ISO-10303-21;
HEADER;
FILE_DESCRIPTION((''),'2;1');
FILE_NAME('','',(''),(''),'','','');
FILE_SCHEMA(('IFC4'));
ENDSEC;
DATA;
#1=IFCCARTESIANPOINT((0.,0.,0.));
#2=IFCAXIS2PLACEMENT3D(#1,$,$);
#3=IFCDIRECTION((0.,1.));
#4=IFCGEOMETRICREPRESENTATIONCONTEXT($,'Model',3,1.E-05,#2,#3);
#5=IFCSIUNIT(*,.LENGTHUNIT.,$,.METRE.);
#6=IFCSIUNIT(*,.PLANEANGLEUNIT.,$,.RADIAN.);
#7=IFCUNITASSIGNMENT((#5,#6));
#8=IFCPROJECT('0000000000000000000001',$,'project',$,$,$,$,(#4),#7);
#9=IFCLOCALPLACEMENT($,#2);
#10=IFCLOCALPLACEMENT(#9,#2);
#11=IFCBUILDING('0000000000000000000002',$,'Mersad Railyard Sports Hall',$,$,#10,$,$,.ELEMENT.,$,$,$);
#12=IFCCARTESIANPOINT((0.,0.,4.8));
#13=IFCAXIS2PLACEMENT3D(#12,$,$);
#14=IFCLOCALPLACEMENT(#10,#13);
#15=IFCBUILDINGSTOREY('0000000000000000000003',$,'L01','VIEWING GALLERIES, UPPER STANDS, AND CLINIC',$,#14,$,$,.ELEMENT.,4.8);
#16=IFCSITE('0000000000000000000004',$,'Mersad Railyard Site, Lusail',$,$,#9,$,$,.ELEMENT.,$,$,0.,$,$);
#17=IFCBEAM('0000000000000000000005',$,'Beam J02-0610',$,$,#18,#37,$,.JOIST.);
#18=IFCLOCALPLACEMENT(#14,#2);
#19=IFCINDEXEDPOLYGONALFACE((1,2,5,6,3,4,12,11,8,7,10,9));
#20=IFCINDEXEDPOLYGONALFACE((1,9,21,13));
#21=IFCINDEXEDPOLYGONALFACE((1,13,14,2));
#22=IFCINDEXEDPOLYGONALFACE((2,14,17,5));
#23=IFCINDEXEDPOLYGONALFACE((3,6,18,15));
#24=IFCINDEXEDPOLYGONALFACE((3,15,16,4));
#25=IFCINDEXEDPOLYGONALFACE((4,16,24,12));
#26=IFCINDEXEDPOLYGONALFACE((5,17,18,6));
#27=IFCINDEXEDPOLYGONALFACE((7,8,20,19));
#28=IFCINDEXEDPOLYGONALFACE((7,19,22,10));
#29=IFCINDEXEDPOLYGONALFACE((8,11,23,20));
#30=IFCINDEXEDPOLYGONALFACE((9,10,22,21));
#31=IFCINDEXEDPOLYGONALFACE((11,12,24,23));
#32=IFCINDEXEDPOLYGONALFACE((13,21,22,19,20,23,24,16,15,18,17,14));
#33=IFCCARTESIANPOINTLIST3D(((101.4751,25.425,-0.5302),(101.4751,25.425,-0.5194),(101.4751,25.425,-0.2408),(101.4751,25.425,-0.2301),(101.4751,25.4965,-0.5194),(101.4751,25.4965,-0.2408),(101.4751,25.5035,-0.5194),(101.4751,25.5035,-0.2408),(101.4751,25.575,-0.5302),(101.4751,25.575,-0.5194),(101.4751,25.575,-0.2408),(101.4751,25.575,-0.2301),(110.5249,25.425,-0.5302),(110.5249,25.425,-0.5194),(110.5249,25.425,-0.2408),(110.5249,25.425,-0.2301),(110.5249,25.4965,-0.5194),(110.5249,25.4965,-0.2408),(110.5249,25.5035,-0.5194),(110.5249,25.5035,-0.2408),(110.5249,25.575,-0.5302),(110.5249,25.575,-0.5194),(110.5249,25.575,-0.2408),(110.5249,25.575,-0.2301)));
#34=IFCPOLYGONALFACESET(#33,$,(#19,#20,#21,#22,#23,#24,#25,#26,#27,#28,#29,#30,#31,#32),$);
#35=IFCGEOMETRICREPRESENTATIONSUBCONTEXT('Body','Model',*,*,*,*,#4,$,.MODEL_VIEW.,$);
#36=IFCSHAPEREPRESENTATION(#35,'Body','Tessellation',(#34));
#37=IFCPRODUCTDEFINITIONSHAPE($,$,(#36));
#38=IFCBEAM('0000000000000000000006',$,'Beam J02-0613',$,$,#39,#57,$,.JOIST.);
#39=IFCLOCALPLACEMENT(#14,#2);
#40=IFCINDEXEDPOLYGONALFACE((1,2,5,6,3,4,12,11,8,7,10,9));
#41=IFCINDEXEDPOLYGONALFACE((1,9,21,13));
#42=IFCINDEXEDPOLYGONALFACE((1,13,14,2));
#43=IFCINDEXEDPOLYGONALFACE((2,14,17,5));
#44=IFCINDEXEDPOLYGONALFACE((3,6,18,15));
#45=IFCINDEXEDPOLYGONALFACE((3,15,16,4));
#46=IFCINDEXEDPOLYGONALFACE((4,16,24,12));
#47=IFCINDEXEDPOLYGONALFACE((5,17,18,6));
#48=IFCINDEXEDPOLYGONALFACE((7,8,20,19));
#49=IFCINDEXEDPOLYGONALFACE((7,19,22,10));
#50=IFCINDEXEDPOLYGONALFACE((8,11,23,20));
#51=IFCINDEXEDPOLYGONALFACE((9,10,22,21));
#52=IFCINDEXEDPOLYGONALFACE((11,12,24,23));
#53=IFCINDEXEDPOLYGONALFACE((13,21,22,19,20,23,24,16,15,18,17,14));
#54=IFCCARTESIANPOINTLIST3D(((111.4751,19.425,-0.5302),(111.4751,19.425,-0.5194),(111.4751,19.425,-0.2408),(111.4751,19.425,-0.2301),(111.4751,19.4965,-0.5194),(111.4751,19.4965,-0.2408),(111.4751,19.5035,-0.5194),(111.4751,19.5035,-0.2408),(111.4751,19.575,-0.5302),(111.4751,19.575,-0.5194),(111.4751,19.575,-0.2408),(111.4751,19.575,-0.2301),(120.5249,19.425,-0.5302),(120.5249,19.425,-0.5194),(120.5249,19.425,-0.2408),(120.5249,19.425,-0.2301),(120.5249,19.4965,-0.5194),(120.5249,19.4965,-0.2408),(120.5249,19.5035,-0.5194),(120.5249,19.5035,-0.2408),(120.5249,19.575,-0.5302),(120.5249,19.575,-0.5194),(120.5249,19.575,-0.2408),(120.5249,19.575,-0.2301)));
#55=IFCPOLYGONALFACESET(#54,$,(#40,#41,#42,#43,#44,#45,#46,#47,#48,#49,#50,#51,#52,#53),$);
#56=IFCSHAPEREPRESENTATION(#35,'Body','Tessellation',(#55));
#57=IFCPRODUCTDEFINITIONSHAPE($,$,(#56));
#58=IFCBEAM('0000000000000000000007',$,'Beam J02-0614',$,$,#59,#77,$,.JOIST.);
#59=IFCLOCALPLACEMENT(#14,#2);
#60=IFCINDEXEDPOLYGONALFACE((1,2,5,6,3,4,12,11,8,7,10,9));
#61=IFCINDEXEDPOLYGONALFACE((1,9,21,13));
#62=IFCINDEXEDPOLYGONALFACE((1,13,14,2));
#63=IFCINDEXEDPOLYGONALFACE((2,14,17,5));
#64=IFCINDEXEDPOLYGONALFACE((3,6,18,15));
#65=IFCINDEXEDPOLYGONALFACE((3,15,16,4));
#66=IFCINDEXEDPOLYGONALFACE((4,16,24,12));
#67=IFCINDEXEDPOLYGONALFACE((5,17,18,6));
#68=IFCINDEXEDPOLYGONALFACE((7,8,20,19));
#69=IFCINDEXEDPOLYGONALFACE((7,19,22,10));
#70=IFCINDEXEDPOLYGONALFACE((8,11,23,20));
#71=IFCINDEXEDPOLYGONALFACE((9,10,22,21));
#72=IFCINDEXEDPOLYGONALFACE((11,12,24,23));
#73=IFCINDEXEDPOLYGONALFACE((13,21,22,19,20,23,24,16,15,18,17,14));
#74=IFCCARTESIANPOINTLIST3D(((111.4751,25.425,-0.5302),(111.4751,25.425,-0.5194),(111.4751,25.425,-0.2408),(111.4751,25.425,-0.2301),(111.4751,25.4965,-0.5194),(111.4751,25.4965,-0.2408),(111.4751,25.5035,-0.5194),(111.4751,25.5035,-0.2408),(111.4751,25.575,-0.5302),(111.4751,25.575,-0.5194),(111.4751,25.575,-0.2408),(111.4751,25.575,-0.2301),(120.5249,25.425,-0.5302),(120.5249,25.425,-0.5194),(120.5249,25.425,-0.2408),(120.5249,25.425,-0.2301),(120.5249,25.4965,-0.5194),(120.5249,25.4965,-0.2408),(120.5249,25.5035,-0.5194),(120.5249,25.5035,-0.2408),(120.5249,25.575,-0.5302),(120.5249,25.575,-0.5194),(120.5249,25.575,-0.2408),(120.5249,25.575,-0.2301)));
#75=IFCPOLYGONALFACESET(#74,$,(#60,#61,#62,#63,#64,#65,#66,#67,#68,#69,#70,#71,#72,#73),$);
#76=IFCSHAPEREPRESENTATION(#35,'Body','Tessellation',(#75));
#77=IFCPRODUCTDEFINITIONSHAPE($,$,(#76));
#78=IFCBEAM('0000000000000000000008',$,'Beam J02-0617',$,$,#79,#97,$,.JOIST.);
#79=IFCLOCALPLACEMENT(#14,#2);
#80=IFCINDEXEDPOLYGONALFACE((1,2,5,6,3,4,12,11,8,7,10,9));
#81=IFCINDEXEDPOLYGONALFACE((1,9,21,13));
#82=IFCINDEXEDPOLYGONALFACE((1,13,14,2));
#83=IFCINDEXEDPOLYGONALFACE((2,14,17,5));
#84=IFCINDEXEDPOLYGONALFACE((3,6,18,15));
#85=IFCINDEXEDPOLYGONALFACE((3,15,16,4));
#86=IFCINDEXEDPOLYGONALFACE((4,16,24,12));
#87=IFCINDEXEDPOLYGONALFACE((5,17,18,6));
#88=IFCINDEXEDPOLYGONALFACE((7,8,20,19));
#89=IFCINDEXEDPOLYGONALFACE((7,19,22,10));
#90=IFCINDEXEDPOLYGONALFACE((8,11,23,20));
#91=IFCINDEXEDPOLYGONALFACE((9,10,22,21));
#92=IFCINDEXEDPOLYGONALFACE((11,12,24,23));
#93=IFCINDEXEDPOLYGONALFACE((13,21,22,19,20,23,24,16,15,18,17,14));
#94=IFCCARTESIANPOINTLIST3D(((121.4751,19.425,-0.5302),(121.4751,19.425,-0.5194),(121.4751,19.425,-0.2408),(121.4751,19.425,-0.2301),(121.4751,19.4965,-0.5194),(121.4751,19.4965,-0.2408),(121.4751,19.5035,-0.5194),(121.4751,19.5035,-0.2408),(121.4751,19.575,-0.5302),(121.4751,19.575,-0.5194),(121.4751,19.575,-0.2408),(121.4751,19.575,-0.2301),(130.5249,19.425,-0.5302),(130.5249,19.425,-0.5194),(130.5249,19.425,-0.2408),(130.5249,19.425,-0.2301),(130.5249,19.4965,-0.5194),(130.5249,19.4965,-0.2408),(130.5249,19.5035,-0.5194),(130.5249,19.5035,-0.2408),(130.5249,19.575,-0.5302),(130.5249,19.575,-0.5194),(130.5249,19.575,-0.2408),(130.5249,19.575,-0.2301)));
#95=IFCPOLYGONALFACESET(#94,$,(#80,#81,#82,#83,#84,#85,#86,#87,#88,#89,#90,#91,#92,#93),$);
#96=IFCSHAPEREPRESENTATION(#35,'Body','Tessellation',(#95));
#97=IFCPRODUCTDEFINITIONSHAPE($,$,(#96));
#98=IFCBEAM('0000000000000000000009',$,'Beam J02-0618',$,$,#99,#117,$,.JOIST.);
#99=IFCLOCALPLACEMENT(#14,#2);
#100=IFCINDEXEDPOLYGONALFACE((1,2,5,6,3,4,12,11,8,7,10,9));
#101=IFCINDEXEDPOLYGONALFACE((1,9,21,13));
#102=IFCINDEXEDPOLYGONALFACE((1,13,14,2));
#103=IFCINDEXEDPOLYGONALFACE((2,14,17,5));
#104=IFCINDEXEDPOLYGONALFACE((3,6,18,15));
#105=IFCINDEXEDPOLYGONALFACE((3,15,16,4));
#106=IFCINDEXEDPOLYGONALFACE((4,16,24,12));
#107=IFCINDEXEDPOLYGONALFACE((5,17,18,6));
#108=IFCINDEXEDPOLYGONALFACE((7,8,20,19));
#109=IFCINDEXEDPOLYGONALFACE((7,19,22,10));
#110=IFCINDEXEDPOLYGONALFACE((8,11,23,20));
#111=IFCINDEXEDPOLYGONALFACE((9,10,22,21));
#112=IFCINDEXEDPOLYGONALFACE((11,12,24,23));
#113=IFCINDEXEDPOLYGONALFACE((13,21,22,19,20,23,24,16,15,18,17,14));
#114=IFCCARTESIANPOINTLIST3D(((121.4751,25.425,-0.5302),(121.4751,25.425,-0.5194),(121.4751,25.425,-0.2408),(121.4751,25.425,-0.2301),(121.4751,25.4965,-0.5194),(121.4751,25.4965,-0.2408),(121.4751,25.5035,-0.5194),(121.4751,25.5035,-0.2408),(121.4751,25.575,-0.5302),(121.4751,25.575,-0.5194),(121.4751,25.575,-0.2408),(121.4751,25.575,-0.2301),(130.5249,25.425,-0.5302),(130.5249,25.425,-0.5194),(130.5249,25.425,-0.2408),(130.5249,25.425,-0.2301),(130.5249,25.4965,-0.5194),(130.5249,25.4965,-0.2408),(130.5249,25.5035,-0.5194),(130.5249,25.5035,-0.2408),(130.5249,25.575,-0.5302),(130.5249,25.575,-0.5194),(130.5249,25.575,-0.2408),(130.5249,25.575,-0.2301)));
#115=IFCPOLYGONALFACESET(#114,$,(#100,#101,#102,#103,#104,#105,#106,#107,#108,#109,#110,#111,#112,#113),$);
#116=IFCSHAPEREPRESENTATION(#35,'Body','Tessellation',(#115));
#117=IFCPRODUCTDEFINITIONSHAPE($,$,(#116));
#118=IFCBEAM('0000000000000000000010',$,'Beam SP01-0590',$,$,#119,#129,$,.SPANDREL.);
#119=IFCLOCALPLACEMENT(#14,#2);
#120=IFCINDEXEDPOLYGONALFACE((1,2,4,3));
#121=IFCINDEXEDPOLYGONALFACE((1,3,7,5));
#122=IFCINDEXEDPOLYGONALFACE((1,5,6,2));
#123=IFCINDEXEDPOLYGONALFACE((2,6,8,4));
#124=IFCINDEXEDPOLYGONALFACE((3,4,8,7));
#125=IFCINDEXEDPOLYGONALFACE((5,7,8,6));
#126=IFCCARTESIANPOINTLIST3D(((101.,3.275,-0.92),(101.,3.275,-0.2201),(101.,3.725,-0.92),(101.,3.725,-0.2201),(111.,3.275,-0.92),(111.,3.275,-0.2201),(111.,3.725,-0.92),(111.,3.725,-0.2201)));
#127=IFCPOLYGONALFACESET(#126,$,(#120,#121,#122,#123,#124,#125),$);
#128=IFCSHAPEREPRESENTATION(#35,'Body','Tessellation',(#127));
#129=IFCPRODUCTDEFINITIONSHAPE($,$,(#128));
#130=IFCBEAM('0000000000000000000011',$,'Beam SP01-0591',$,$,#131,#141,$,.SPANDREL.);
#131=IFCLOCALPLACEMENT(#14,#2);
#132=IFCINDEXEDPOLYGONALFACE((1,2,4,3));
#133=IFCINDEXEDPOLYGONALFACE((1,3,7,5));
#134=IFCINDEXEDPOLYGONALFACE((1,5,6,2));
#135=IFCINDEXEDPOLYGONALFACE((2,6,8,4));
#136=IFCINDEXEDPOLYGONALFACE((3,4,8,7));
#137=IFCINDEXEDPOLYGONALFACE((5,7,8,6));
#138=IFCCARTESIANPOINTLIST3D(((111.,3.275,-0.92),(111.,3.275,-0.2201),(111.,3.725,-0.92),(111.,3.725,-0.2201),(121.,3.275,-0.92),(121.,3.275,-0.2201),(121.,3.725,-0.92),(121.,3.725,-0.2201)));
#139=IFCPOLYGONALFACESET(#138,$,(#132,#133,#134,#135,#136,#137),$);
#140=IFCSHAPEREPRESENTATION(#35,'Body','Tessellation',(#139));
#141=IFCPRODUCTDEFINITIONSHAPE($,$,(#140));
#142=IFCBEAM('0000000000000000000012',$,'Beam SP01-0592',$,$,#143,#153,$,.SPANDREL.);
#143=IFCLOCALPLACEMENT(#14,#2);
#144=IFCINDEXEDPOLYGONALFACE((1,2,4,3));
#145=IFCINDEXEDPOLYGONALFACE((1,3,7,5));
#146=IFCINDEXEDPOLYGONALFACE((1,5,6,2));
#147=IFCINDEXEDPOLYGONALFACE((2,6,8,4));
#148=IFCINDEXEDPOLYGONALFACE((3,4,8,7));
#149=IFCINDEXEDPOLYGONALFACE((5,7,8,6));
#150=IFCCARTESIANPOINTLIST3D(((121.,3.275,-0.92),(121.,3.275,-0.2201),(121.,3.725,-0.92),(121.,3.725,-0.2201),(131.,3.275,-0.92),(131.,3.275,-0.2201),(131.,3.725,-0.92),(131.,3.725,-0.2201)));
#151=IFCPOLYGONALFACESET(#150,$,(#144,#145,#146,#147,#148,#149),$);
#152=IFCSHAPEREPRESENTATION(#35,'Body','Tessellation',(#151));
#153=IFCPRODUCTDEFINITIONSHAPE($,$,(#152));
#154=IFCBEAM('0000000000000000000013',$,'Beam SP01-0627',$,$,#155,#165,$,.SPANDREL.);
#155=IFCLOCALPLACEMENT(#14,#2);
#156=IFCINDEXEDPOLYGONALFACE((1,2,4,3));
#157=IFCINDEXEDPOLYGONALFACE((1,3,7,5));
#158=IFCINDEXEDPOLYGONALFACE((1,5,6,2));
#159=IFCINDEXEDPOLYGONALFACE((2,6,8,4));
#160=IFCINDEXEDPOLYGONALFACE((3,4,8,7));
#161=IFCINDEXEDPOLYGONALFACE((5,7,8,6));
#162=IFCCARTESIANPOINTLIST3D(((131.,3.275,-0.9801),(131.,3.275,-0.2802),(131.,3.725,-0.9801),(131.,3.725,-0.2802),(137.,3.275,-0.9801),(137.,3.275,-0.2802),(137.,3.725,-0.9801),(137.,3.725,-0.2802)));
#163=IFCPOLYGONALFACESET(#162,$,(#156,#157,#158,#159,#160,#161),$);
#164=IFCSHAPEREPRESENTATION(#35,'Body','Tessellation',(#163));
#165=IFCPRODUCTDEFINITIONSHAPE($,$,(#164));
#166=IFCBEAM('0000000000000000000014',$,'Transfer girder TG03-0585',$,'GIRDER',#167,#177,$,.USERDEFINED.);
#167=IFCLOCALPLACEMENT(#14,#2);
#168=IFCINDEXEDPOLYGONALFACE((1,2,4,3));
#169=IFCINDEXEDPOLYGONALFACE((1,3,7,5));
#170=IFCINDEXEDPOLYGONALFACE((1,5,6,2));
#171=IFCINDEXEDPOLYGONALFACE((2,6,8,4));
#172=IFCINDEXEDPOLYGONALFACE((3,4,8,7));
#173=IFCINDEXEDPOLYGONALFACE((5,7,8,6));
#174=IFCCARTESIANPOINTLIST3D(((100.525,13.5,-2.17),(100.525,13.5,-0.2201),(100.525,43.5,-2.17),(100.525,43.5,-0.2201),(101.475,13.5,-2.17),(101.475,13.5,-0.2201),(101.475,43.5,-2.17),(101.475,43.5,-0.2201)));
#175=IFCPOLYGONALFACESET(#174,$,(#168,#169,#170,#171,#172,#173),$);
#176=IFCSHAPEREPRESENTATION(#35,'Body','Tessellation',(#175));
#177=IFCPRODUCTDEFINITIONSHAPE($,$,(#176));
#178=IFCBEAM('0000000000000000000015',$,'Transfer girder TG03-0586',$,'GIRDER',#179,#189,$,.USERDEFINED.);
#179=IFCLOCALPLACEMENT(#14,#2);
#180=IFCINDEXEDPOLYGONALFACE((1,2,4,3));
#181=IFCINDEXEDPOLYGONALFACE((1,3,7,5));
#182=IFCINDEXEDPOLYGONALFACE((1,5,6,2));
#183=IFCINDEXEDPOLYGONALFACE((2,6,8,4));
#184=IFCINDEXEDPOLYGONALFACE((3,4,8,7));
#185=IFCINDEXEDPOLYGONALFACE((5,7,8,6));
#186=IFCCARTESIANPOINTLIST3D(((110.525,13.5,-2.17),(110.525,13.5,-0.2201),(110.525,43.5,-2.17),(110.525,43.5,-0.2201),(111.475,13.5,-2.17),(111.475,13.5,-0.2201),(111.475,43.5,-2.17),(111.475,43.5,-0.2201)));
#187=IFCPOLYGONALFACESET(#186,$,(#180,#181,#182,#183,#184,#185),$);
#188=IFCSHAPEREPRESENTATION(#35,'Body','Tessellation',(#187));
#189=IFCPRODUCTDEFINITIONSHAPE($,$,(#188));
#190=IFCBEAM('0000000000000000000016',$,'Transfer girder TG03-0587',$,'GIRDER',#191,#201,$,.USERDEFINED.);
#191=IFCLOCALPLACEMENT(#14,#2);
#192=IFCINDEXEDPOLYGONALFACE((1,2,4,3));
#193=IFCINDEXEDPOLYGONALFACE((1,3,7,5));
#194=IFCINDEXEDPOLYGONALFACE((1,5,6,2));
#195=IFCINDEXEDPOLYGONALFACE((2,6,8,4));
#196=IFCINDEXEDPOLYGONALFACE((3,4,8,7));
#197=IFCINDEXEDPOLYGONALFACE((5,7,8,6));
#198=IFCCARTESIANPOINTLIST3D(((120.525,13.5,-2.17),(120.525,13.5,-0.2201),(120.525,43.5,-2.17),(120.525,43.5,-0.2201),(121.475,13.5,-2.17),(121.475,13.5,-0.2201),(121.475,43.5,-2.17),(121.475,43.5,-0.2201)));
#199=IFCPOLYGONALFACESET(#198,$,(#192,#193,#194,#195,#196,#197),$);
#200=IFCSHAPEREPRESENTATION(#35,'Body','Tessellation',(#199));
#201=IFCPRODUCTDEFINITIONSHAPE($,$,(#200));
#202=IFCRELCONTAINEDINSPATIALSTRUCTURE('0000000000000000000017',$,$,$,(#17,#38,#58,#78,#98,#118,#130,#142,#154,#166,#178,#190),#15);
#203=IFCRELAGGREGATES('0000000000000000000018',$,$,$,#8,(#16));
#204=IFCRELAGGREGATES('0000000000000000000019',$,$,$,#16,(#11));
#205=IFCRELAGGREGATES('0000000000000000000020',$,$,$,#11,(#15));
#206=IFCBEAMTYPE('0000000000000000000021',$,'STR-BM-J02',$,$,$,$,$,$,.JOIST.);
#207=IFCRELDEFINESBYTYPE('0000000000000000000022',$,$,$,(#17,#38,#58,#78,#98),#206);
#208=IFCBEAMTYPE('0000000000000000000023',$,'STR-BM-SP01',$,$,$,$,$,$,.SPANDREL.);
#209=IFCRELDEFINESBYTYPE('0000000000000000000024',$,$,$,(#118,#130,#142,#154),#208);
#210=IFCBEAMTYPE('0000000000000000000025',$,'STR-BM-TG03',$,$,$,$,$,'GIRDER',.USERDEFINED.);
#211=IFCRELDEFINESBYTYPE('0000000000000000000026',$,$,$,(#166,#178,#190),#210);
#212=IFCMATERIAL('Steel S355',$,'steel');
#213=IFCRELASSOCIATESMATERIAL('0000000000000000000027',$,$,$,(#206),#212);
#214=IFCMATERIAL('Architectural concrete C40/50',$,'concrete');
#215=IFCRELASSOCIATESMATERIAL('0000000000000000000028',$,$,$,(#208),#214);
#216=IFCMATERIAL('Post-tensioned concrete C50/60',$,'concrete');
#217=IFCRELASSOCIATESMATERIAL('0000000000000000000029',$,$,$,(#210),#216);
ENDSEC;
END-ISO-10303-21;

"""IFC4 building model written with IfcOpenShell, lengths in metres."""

from ifc_helpers import new_model, si_unit, direction, frame, origin, origin_2d, place, context, subcontext, project, spatial, rectangle, i_section, extrude, material, material_profile, profile_set, type_object, element, save


model = new_model("IFC4")

# Units and contexts
model_context = context("Model", 3, precision=1e-05, world=origin(), true_north=direction((0.0, 1.0)))
body_context = subcontext(model_context, "Body", "Model", "MODEL_VIEW")
ifc_project = project(units=[si_unit("LENGTHUNIT", "METRE"), si_unit("PLANEANGLEUNIT", "RADIAN")], contexts=[model_context])

# Site, building, storey
site_placement = place(None, origin())
site = spatial("IfcSite", under=ifc_project, at=site_placement, Name="Mersad Railyard Site, Lusail", CompositionType="ELEMENT", RefElevation=0.0)
building_placement = place(site_placement, origin())
building = spatial("IfcBuilding", under=site, at=building_placement, Name="Mersad Railyard Sports Hall", CompositionType="ELEMENT")
storey_placement = place(building_placement, frame((0.0, 0.0, 4.8)))
storey = spatial("IfcBuildingStorey", under=building, at=storey_placement, Name="L01", Description="VIEWING GALLERIES, UPPER STANDS, AND CLINIC", CompositionType="ELEMENT", Elevation=4.8)

# Beams
ifc_material_1 = material(Name="Steel S355", Category="steel")
ifc_material_profile_1 = material_profile(ifc_material_1, i_section(OverallWidth=0.1499, OverallDepth=0.3, WebThickness=0.0071, FlangeThickness=0.0107, at=origin_2d()), Name="IPE 300")
ifc_profile_set_1 = profile_set([ifc_material_profile_1], Name="Steel S355")
beam_type_1 = type_object("IfcBeamType", Name="STR-BM-J02", PredefinedType="JOIST", material=ifc_profile_set_1)
for number, where, z_axis, x_axis, name in (
    (1, (101.4751, 25.5, -0.3801), (1.0, 0.0, 0.0), (0.0, 1.0, 0.0), "Beam J02-0610"),
    (2, (111.4751, 19.5, -0.3801), (1.0, 0.0, 0.0), (0.0, 1.0, 0.0), "Beam J02-0613"),
    (3, (111.4751, 25.5, -0.3801), (1.0, 0.0, 0.0), (0.0, 1.0, 0.0), "Beam J02-0614"),
    (4, (121.4751, 19.5, -0.3801), (1.0, 0.0, 0.0), (0.0, 1.0, 0.0), "Beam J02-0617"),
    (5, (121.4751, 25.5, -0.3801), (1.0, 0.0, 0.0), (0.0, 1.0, 0.0), "Beam J02-0618"),
):
    element("IfcBeam", number, at=place(storey_placement, frame(where, z_axis=z_axis, x_axis=x_axis)), inside=storey, type_object=beam_type_1, Name=name, PredefinedType="JOIST", context=body_context, shape_type="SweptSolid", body=[
        extrude(i_section(OverallWidth=0.1499, OverallDepth=0.3, WebThickness=0.0071, FlangeThickness=0.0107, at=origin_2d()), origin(), (0.0, 0.0, 1.0), 9.0498),
    ])
ifc_material_2 = material(Name="Architectural concrete C40/50", Category="concrete")
ifc_material_profile_2 = material_profile(ifc_material_2, rectangle(XDim=0.45, YDim=0.7, at=origin_2d()), Name="RC 450x700")
ifc_profile_set_2 = profile_set([ifc_material_profile_2], Name="Architectural concrete C40/50")
beam_type_2 = type_object("IfcBeamType", Name="STR-BM-SP01", PredefinedType="SPANDREL", material=ifc_profile_set_2)
for number, where, z_axis, x_axis, name in (
    (6, (101.0, 3.5, -0.5701), (1.0, 0.0, 0.0), (0.0, 1.0, 0.0), "Beam SP01-0590"),
    (7, (111.0, 3.5, -0.5701), (1.0, 0.0, 0.0), (0.0, 1.0, 0.0), "Beam SP01-0591"),
    (8, (121.0, 3.5, -0.5701), (1.0, 0.0, 0.0), (0.0, 1.0, 0.0), "Beam SP01-0592"),
):
    element("IfcBeam", number, at=place(storey_placement, frame(where, z_axis=z_axis, x_axis=x_axis)), inside=storey, type_object=beam_type_2, Name=name, PredefinedType="SPANDREL", context=body_context, shape_type="SweptSolid", body=[
        extrude(rectangle(XDim=0.45, YDim=0.7, at=origin_2d()), origin(), (0.0, 0.0, 1.0), 10.0),
    ])
beam_placement = place(storey_placement, frame((131.0, 3.5, -0.6301), z_axis=(1.0, 0.0, 0.0), x_axis=(0.0, 1.0, 0.0)))
element("IfcBeam", 9, at=beam_placement, inside=storey, type_object=beam_type_2, Name="Beam SP01-0627", PredefinedType="SPANDREL", context=body_context, shape_type="SweptSolid", body=[
    extrude(rectangle(XDim=0.45, YDim=0.7, at=origin_2d()), origin(), (0.0, 0.0, 1.0), 6.0),
])
ifc_material_3 = material(Name="Post-tensioned concrete C50/60", Category="concrete")
ifc_material_profile_3 = material_profile(ifc_material_3, rectangle(XDim=0.95, YDim=1.95, at=origin_2d()), Name="PT 950x1950")
ifc_profile_set_3 = profile_set([ifc_material_profile_3], Name="Post-tensioned concrete C50/60")
beam_type_3 = type_object("IfcBeamType", Name="STR-BM-TG03", ElementType="GIRDER", PredefinedType="USERDEFINED", material=ifc_profile_set_3)
for number, where, z_axis, x_axis, name in (
    (10, (101.0, 13.5, -1.1951), (0.0, 1.0, 0.0), (-1.0, 0.0, 0.0), "Transfer girder TG03-0585"),
    (11, (111.0, 13.5, -1.1951), (0.0, 1.0, 0.0), (-1.0, 0.0, 0.0), "Transfer girder TG03-0586"),
    (12, (121.0, 13.5, -1.1951), (0.0, 1.0, 0.0), (-1.0, 0.0, 0.0), "Transfer girder TG03-0587"),
):
    element("IfcBeam", number, at=place(storey_placement, frame(where, z_axis=z_axis, x_axis=x_axis)), inside=storey, type_object=beam_type_3, Name=name, ObjectType="GIRDER", PredefinedType="USERDEFINED", context=body_context, shape_type="SweptSolid", body=[
        extrude(rectangle(XDim=0.95, YDim=1.95, at=origin_2d()), origin(), (0.0, 0.0, 1.0), 30.0),
    ])

save(model, "model.ifc")
